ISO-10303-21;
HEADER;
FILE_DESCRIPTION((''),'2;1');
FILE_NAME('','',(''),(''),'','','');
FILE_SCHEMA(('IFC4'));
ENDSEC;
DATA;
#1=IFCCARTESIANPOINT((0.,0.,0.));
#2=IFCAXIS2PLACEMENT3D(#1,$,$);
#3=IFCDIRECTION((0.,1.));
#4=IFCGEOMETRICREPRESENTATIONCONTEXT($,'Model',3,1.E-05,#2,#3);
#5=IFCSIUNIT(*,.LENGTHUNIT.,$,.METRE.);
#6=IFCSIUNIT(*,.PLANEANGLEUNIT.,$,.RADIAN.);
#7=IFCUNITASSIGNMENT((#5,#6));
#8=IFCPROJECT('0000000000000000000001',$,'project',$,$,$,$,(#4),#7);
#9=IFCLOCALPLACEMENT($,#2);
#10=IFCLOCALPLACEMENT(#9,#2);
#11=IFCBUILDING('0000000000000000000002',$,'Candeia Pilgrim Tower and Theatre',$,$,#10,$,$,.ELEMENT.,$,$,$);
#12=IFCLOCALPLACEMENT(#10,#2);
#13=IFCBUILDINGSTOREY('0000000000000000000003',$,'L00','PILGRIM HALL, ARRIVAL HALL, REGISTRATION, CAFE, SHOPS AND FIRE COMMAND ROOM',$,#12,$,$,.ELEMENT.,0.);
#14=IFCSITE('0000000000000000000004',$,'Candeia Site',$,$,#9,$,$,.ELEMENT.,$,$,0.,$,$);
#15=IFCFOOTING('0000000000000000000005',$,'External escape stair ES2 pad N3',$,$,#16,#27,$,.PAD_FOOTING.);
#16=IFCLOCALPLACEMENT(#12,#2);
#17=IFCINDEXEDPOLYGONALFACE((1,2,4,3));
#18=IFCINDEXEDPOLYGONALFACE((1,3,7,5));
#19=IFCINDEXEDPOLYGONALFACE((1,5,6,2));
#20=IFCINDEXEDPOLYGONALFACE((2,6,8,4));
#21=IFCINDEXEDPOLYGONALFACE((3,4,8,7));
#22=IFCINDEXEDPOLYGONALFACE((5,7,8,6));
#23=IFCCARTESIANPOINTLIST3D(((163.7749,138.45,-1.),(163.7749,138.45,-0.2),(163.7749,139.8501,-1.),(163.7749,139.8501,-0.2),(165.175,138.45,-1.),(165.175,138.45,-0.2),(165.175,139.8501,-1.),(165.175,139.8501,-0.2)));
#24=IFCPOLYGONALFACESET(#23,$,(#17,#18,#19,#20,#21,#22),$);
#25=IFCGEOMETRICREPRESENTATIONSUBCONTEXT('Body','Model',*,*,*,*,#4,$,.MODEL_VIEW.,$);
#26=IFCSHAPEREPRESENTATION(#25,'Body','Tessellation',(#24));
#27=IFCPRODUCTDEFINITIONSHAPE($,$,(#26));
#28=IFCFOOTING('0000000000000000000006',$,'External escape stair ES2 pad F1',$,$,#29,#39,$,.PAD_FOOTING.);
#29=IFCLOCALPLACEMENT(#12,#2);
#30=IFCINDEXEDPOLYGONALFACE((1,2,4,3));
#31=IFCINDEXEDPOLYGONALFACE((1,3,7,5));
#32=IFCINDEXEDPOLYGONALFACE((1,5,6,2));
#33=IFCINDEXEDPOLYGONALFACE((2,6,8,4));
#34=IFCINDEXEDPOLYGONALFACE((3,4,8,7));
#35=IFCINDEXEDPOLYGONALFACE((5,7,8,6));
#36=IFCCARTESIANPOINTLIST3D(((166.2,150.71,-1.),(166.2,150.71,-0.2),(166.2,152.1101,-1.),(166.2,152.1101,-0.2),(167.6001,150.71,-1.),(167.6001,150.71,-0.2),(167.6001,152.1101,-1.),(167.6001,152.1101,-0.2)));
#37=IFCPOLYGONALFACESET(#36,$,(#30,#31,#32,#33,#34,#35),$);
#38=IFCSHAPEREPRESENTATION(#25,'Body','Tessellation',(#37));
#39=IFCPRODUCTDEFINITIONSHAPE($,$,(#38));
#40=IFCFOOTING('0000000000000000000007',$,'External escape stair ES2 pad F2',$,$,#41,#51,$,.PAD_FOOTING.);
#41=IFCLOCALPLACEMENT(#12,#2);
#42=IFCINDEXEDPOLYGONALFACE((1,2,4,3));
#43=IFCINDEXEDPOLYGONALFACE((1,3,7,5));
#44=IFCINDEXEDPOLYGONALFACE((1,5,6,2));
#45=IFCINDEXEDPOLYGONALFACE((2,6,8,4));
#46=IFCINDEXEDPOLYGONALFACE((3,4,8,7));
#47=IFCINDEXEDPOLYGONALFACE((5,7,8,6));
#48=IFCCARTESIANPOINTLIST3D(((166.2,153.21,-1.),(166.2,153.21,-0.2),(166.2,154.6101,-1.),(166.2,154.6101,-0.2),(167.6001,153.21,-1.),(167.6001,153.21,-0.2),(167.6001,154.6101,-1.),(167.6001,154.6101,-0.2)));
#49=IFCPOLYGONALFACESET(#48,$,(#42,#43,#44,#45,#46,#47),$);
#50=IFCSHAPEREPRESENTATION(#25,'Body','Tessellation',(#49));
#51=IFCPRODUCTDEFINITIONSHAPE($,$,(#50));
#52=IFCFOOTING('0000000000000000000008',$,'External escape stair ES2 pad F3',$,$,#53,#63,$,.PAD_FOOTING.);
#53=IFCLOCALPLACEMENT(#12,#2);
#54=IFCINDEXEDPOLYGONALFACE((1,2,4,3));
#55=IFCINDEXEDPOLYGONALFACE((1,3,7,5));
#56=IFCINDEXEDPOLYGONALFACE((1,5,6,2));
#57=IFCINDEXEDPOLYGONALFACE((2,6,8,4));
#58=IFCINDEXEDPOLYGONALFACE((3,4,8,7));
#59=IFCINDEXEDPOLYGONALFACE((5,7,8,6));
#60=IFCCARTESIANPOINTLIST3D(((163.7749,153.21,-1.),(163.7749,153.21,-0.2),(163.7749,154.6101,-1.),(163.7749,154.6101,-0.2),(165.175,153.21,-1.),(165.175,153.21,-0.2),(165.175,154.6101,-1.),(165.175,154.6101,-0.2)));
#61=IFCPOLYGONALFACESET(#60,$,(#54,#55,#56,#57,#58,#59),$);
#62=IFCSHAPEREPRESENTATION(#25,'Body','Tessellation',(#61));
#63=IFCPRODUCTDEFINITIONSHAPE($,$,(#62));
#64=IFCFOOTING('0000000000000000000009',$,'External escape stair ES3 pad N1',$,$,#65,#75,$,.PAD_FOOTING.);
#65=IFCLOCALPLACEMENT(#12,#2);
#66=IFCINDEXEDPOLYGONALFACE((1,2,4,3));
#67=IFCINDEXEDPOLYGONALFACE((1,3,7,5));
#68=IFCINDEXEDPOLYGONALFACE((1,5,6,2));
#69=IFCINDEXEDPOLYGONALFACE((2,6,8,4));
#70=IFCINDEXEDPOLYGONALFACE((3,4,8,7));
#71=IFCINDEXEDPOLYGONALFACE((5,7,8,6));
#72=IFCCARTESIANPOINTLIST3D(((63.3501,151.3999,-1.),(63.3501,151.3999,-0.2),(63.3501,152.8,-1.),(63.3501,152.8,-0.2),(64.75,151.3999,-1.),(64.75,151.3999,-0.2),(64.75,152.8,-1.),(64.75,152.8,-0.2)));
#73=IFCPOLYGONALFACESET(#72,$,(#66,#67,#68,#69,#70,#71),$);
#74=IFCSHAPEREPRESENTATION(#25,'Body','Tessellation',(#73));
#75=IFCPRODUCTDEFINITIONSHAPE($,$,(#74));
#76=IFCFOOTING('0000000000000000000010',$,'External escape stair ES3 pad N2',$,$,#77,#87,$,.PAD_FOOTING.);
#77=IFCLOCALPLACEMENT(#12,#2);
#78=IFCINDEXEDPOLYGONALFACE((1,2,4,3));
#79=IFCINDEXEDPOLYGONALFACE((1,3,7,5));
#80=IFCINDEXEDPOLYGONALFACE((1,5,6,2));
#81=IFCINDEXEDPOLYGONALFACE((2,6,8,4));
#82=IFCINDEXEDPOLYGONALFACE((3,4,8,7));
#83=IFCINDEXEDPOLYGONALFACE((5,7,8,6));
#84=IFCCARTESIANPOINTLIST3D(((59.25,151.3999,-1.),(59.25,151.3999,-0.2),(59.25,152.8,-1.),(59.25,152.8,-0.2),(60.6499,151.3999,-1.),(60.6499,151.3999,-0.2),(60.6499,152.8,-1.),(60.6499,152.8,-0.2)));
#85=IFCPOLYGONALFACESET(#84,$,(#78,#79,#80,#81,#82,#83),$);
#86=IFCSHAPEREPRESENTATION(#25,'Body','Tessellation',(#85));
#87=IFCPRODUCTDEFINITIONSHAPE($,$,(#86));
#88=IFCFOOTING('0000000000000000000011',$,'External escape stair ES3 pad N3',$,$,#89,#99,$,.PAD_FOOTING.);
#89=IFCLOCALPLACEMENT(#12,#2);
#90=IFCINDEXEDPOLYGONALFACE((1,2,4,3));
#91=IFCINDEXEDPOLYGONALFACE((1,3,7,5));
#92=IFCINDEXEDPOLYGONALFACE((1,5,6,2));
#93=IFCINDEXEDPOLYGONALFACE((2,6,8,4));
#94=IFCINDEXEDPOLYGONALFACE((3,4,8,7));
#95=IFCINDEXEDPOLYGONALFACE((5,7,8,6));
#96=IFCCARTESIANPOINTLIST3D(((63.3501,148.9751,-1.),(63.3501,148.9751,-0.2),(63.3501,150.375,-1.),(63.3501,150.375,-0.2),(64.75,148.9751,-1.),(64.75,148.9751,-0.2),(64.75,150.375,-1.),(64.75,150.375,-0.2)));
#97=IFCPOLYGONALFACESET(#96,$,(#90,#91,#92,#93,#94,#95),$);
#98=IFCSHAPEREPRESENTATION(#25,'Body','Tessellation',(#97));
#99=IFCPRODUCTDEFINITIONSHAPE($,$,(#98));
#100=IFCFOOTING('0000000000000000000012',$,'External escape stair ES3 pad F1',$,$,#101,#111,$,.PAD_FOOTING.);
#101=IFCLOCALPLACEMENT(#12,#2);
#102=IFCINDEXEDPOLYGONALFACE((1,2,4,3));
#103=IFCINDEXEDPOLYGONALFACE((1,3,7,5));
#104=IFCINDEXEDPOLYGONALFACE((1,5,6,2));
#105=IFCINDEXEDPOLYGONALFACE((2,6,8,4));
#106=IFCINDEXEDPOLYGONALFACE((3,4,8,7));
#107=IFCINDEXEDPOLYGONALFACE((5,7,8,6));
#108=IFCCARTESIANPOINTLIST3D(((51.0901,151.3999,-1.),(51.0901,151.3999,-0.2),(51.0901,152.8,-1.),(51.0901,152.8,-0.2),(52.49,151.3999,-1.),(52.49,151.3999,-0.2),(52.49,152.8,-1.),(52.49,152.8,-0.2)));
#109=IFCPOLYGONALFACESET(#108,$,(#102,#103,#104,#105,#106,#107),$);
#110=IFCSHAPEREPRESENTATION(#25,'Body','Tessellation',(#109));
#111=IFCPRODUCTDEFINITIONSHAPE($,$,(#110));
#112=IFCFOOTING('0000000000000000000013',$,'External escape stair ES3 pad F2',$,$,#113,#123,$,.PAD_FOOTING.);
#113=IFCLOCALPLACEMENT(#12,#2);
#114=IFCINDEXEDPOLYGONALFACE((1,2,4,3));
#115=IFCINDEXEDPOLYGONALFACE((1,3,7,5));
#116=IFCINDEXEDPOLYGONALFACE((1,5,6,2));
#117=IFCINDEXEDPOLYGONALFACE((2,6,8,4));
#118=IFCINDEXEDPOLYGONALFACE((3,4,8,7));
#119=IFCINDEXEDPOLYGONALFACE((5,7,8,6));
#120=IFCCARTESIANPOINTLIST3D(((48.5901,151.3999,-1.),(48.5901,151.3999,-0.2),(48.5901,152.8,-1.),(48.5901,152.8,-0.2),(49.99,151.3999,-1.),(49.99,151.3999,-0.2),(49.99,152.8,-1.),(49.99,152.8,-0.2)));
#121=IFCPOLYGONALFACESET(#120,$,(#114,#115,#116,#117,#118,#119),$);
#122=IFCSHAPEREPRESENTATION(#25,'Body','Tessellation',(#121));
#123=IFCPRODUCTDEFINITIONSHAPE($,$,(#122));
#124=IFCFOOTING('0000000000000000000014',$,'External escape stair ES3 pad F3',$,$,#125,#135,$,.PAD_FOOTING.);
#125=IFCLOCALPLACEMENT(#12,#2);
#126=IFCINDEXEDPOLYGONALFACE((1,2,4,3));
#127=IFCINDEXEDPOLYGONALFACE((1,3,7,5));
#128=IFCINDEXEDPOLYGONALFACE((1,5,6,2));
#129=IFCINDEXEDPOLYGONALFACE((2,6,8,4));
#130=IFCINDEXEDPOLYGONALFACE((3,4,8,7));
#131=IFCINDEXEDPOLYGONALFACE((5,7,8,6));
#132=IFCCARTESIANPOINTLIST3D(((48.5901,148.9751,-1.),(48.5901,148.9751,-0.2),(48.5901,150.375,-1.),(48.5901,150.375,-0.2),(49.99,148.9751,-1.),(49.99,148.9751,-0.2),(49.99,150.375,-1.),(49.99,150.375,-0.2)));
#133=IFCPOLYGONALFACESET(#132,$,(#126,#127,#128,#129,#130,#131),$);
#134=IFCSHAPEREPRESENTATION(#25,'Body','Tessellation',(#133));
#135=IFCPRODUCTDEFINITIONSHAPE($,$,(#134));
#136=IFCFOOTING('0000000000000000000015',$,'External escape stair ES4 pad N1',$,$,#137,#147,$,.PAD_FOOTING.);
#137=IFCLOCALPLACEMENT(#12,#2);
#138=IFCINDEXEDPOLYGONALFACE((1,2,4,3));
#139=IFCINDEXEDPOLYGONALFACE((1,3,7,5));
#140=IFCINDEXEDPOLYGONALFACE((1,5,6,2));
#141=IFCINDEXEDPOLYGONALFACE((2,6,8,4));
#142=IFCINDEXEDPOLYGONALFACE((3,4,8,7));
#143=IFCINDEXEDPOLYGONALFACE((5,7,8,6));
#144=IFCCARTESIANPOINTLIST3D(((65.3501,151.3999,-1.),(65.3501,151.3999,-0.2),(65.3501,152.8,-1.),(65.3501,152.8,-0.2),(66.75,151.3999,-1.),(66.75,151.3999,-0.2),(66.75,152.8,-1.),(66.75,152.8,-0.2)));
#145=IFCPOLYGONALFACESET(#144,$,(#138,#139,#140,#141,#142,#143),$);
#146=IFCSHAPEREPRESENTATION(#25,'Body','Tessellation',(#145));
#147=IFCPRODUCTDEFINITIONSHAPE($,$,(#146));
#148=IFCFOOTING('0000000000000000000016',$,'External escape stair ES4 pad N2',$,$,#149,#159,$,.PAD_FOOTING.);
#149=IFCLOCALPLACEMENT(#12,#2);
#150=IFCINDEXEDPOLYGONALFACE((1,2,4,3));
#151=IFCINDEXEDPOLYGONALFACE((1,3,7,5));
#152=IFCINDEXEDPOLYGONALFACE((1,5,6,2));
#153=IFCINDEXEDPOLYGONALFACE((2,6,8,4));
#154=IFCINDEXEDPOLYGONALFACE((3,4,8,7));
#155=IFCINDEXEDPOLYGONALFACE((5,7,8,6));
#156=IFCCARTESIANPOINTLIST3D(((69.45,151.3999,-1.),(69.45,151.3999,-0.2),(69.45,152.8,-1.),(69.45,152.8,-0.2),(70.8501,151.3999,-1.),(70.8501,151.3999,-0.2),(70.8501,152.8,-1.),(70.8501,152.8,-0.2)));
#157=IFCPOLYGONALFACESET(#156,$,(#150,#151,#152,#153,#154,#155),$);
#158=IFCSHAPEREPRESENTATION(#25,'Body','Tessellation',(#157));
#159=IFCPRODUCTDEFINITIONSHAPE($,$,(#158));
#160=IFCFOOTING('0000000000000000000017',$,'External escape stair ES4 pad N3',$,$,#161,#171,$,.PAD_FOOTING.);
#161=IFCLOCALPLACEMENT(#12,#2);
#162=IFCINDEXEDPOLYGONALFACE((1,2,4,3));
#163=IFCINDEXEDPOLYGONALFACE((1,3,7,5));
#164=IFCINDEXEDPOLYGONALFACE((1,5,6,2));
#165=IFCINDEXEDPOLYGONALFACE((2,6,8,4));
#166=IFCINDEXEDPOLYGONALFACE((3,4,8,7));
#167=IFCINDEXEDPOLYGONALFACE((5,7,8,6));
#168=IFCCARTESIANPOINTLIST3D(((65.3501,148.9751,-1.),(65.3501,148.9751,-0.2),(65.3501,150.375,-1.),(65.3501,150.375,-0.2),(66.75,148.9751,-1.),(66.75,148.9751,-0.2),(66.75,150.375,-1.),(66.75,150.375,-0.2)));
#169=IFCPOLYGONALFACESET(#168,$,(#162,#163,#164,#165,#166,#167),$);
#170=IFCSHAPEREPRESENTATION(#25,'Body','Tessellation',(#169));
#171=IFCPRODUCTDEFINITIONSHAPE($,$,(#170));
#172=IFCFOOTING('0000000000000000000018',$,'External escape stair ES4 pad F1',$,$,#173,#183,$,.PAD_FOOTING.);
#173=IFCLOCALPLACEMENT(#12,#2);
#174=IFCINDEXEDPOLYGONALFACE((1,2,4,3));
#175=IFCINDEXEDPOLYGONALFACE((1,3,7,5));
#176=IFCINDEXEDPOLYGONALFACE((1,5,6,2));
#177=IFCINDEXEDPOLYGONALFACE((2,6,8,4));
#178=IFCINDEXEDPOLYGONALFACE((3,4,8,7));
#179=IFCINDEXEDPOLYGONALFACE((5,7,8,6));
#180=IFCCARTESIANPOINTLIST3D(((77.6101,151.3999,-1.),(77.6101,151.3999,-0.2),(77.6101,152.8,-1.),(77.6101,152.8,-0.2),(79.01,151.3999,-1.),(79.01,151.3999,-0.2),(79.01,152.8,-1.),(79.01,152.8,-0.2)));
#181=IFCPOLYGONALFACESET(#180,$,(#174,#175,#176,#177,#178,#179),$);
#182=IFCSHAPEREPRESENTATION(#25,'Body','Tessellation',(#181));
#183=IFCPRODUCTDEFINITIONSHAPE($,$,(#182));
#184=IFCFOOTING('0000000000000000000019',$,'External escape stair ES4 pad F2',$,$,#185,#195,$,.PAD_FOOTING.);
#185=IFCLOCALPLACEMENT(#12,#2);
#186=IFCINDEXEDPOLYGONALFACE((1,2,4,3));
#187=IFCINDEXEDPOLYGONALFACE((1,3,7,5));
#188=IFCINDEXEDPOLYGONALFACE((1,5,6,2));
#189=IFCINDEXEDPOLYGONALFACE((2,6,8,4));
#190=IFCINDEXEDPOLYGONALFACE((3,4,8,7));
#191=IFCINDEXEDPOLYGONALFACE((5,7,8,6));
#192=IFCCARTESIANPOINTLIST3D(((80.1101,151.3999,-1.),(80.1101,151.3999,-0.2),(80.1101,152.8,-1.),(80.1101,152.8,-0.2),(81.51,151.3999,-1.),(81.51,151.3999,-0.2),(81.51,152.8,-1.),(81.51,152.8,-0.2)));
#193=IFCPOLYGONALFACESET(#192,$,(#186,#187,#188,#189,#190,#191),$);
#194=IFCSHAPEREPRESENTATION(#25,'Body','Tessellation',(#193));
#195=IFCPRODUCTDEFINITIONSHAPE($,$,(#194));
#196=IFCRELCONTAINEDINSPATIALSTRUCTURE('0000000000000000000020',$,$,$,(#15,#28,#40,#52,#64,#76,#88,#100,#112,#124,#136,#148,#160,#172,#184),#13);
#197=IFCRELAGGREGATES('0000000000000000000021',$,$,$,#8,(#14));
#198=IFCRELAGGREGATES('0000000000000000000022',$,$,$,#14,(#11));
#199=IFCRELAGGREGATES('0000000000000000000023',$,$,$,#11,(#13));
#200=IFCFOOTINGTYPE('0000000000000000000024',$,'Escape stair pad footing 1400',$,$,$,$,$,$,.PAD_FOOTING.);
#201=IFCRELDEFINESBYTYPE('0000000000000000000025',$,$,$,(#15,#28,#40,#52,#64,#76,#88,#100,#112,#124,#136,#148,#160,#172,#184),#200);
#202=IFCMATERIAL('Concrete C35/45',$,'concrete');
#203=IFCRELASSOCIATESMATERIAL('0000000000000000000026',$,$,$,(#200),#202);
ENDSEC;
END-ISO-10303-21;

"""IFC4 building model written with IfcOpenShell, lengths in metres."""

from ifc_helpers import new_model, si_unit, direction, frame, origin, place, context, subcontext, project, spatial, polyline, outline, extrude, material, type_object, element, save


model = new_model("IFC4")

# Units and contexts
model_context = context("Model", 3, precision=1e-05, world=origin(), true_north=direction((0.0, 1.0)))
body_context = subcontext(model_context, "Body", "Model", "MODEL_VIEW")
ifc_project = project(units=[si_unit("LENGTHUNIT", "METRE"), si_unit("PLANEANGLEUNIT", "RADIAN")], contexts=[model_context])

# Site, building, storey
site_placement = place(None, origin())
site = spatial("IfcSite", under=ifc_project, at=site_placement, Name="Candeia Site", CompositionType="ELEMENT", RefElevation=0.0)
building_placement = place(site_placement, origin())
building = spatial("IfcBuilding", under=site, at=building_placement, Name="Candeia Pilgrim Tower and Theatre", CompositionType="ELEMENT")
storey_placement = place(building_placement, origin())
storey = spatial("IfcBuildingStorey", under=building, at=storey_placement, Name="L00", Description="PILGRIM HALL, ARRIVAL HALL, REGISTRATION, CAFE, SHOPS AND FIRE COMMAND ROOM", CompositionType="ELEMENT", Elevation=0.0)

# Footings
ifc_material = material(Name="Concrete C35/45", Category="concrete")
footing_type = type_object("IfcFootingType", Name="Escape stair pad footing 1400", PredefinedType="PAD_FOOTING", material=ifc_material)
footing_1_placement = place(storey_placement, frame((0.0, 0.0, -1.0)))
element("IfcFooting", 1, at=footing_1_placement, inside=storey, type_object=footing_type, Name="External escape stair ES2 pad N3", PredefinedType="PAD_FOOTING", context=body_context, shape_type="SweptSolid", body=[
    extrude(outline(polyline([(163.7749, 138.45), (165.175, 138.45), (165.175, 139.8501), (163.7749, 139.8501), (163.7749, 138.45)])), origin(), (0.0, 0.0, 1.0), 0.8),
])
footing_2_placement = place(storey_placement, frame((0.0, 0.0, -1.0)))
element("IfcFooting", 2, at=footing_2_placement, inside=storey, type_object=footing_type, Name="External escape stair ES2 pad F1", PredefinedType="PAD_FOOTING", context=body_context, shape_type="SweptSolid", body=[
    extrude(outline(polyline([(166.2, 150.71), (167.6001, 150.71), (167.6001, 152.1101), (166.2, 152.1101), (166.2, 150.71)])), origin(), (0.0, 0.0, 1.0), 0.8),
])
footing_3_placement = place(storey_placement, frame((0.0, 0.0, -1.0)))
element("IfcFooting", 3, at=footing_3_placement, inside=storey, type_object=footing_type, Name="External escape stair ES2 pad F2", PredefinedType="PAD_FOOTING", context=body_context, shape_type="SweptSolid", body=[
    extrude(outline(polyline([(166.2, 153.21), (167.6001, 153.21), (167.6001, 154.6101), (166.2, 154.6101), (166.2, 153.21)])), origin(), (0.0, 0.0, 1.0), 0.8),
])
footing_4_placement = place(storey_placement, frame((0.0, 0.0, -1.0)))
element("IfcFooting", 4, at=footing_4_placement, inside=storey, type_object=footing_type, Name="External escape stair ES2 pad F3", PredefinedType="PAD_FOOTING", context=body_context, shape_type="SweptSolid", body=[
    extrude(outline(polyline([(163.7749, 153.21), (165.175, 153.21), (165.175, 154.6101), (163.7749, 154.6101), (163.7749, 153.21)])), origin(), (0.0, 0.0, 1.0), 0.8),
])
footing_5_placement = place(storey_placement, frame((0.0, 0.0, -1.0)))
element("IfcFooting", 5, at=footing_5_placement, inside=storey, type_object=footing_type, Name="External escape stair ES3 pad N1", PredefinedType="PAD_FOOTING", context=body_context, shape_type="SweptSolid", body=[
    extrude(outline(polyline([(63.3501, 151.3999), (64.75, 151.3999), (64.75, 152.8), (63.3501, 152.8), (63.3501, 151.3999)])), origin(), (0.0, 0.0, 1.0), 0.8),
])
footing_6_placement = place(storey_placement, frame((0.0, 0.0, -1.0)))
element("IfcFooting", 6, at=footing_6_placement, inside=storey, type_object=footing_type, Name="External escape stair ES3 pad N2", PredefinedType="PAD_FOOTING", context=body_context, shape_type="SweptSolid", body=[
    extrude(outline(polyline([(59.25, 151.3999), (60.6499, 151.3999), (60.6499, 152.8), (59.25, 152.8), (59.25, 151.3999)])), origin(), (0.0, 0.0, 1.0), 0.8),
])
footing_7_placement = place(storey_placement, frame((0.0, 0.0, -1.0)))
element("IfcFooting", 7, at=footing_7_placement, inside=storey, type_object=footing_type, Name="External escape stair ES3 pad N3", PredefinedType="PAD_FOOTING", context=body_context, shape_type="SweptSolid", body=[
    extrude(outline(polyline([(63.3501, 148.9751), (64.75, 148.9751), (64.75, 150.375), (63.3501, 150.375), (63.3501, 148.9751)])), origin(), (0.0, 0.0, 1.0), 0.8),
])
footing_8_placement = place(storey_placement, frame((0.0, 0.0, -1.0)))
element("IfcFooting", 8, at=footing_8_placement, inside=storey, type_object=footing_type, Name="External escape stair ES3 pad F1", PredefinedType="PAD_FOOTING", context=body_context, shape_type="SweptSolid", body=[
    extrude(outline(polyline([(51.0901, 151.3999), (52.49, 151.3999), (52.49, 152.8), (51.0901, 152.8), (51.0901, 151.3999)])), origin(), (0.0, 0.0, 1.0), 0.8),
])
footing_9_placement = place(storey_placement, frame((0.0, 0.0, -1.0)))
element("IfcFooting", 9, at=footing_9_placement, inside=storey, type_object=footing_type, Name="External escape stair ES3 pad F2", PredefinedType="PAD_FOOTING", context=body_context, shape_type="SweptSolid", body=[
    extrude(outline(polyline([(48.5901, 151.3999), (49.99, 151.3999), (49.99, 152.8), (48.5901, 152.8), (48.5901, 151.3999)])), origin(), (0.0, 0.0, 1.0), 0.8),
])
footing_10_placement = place(storey_placement, frame((0.0, 0.0, -1.0)))
element("IfcFooting", 10, at=footing_10_placement, inside=storey, type_object=footing_type, Name="External escape stair ES3 pad F3", PredefinedType="PAD_FOOTING", context=body_context, shape_type="SweptSolid", body=[
    extrude(outline(polyline([(48.5901, 148.9751), (49.99, 148.9751), (49.99, 150.375), (48.5901, 150.375), (48.5901, 148.9751)])), origin(), (0.0, 0.0, 1.0), 0.8),
])
footing_11_placement = place(storey_placement, frame((0.0, 0.0, -1.0)))
element("IfcFooting", 11, at=footing_11_placement, inside=storey, type_object=footing_type, Name="External escape stair ES4 pad N1", PredefinedType="PAD_FOOTING", context=body_context, shape_type="SweptSolid", body=[
    extrude(outline(polyline([(65.3501, 151.3999), (66.75, 151.3999), (66.75, 152.8), (65.3501, 152.8), (65.3501, 151.3999)])), origin(), (0.0, 0.0, 1.0), 0.8),
])
footing_12_placement = place(storey_placement, frame((0.0, 0.0, -1.0)))
element("IfcFooting", 12, at=footing_12_placement, inside=storey, type_object=footing_type, Name="External escape stair ES4 pad N2", PredefinedType="PAD_FOOTING", context=body_context, shape_type="SweptSolid", body=[
    extrude(outline(polyline([(69.45, 151.3999), (70.8501, 151.3999), (70.8501, 152.8), (69.45, 152.8), (69.45, 151.3999)])), origin(), (0.0, 0.0, 1.0), 0.8),
])
footing_13_placement = place(storey_placement, frame((0.0, 0.0, -1.0)))
element("IfcFooting", 13, at=footing_13_placement, inside=storey, type_object=footing_type, Name="External escape stair ES4 pad N3", PredefinedType="PAD_FOOTING", context=body_context, shape_type="SweptSolid", body=[
    extrude(outline(polyline([(65.3501, 148.9751), (66.75, 148.9751), (66.75, 150.375), (65.3501, 150.375), (65.3501, 148.9751)])), origin(), (0.0, 0.0, 1.0), 0.8),
])
footing_14_placement = place(storey_placement, frame((0.0, 0.0, -1.0)))
element("IfcFooting", 14, at=footing_14_placement, inside=storey, type_object=footing_type, Name="External escape stair ES4 pad F1", PredefinedType="PAD_FOOTING", context=body_context, shape_type="SweptSolid", body=[
    extrude(outline(polyline([(77.6101, 151.3999), (79.01, 151.3999), (79.01, 152.8), (77.6101, 152.8), (77.6101, 151.3999)])), origin(), (0.0, 0.0, 1.0), 0.8),
])
footing_15_placement = place(storey_placement, frame((0.0, 0.0, -1.0)))
element("IfcFooting", 15, at=footing_15_placement, inside=storey, type_object=footing_type, Name="External escape stair ES4 pad F2", PredefinedType="PAD_FOOTING", context=body_context, shape_type="SweptSolid", body=[
    extrude(outline(polyline([(80.1101, 151.3999), (81.51, 151.3999), (81.51, 152.8), (80.1101, 152.8), (80.1101, 151.3999)])), origin(), (0.0, 0.0, 1.0), 0.8),
])

save(model, "model.ifc")
